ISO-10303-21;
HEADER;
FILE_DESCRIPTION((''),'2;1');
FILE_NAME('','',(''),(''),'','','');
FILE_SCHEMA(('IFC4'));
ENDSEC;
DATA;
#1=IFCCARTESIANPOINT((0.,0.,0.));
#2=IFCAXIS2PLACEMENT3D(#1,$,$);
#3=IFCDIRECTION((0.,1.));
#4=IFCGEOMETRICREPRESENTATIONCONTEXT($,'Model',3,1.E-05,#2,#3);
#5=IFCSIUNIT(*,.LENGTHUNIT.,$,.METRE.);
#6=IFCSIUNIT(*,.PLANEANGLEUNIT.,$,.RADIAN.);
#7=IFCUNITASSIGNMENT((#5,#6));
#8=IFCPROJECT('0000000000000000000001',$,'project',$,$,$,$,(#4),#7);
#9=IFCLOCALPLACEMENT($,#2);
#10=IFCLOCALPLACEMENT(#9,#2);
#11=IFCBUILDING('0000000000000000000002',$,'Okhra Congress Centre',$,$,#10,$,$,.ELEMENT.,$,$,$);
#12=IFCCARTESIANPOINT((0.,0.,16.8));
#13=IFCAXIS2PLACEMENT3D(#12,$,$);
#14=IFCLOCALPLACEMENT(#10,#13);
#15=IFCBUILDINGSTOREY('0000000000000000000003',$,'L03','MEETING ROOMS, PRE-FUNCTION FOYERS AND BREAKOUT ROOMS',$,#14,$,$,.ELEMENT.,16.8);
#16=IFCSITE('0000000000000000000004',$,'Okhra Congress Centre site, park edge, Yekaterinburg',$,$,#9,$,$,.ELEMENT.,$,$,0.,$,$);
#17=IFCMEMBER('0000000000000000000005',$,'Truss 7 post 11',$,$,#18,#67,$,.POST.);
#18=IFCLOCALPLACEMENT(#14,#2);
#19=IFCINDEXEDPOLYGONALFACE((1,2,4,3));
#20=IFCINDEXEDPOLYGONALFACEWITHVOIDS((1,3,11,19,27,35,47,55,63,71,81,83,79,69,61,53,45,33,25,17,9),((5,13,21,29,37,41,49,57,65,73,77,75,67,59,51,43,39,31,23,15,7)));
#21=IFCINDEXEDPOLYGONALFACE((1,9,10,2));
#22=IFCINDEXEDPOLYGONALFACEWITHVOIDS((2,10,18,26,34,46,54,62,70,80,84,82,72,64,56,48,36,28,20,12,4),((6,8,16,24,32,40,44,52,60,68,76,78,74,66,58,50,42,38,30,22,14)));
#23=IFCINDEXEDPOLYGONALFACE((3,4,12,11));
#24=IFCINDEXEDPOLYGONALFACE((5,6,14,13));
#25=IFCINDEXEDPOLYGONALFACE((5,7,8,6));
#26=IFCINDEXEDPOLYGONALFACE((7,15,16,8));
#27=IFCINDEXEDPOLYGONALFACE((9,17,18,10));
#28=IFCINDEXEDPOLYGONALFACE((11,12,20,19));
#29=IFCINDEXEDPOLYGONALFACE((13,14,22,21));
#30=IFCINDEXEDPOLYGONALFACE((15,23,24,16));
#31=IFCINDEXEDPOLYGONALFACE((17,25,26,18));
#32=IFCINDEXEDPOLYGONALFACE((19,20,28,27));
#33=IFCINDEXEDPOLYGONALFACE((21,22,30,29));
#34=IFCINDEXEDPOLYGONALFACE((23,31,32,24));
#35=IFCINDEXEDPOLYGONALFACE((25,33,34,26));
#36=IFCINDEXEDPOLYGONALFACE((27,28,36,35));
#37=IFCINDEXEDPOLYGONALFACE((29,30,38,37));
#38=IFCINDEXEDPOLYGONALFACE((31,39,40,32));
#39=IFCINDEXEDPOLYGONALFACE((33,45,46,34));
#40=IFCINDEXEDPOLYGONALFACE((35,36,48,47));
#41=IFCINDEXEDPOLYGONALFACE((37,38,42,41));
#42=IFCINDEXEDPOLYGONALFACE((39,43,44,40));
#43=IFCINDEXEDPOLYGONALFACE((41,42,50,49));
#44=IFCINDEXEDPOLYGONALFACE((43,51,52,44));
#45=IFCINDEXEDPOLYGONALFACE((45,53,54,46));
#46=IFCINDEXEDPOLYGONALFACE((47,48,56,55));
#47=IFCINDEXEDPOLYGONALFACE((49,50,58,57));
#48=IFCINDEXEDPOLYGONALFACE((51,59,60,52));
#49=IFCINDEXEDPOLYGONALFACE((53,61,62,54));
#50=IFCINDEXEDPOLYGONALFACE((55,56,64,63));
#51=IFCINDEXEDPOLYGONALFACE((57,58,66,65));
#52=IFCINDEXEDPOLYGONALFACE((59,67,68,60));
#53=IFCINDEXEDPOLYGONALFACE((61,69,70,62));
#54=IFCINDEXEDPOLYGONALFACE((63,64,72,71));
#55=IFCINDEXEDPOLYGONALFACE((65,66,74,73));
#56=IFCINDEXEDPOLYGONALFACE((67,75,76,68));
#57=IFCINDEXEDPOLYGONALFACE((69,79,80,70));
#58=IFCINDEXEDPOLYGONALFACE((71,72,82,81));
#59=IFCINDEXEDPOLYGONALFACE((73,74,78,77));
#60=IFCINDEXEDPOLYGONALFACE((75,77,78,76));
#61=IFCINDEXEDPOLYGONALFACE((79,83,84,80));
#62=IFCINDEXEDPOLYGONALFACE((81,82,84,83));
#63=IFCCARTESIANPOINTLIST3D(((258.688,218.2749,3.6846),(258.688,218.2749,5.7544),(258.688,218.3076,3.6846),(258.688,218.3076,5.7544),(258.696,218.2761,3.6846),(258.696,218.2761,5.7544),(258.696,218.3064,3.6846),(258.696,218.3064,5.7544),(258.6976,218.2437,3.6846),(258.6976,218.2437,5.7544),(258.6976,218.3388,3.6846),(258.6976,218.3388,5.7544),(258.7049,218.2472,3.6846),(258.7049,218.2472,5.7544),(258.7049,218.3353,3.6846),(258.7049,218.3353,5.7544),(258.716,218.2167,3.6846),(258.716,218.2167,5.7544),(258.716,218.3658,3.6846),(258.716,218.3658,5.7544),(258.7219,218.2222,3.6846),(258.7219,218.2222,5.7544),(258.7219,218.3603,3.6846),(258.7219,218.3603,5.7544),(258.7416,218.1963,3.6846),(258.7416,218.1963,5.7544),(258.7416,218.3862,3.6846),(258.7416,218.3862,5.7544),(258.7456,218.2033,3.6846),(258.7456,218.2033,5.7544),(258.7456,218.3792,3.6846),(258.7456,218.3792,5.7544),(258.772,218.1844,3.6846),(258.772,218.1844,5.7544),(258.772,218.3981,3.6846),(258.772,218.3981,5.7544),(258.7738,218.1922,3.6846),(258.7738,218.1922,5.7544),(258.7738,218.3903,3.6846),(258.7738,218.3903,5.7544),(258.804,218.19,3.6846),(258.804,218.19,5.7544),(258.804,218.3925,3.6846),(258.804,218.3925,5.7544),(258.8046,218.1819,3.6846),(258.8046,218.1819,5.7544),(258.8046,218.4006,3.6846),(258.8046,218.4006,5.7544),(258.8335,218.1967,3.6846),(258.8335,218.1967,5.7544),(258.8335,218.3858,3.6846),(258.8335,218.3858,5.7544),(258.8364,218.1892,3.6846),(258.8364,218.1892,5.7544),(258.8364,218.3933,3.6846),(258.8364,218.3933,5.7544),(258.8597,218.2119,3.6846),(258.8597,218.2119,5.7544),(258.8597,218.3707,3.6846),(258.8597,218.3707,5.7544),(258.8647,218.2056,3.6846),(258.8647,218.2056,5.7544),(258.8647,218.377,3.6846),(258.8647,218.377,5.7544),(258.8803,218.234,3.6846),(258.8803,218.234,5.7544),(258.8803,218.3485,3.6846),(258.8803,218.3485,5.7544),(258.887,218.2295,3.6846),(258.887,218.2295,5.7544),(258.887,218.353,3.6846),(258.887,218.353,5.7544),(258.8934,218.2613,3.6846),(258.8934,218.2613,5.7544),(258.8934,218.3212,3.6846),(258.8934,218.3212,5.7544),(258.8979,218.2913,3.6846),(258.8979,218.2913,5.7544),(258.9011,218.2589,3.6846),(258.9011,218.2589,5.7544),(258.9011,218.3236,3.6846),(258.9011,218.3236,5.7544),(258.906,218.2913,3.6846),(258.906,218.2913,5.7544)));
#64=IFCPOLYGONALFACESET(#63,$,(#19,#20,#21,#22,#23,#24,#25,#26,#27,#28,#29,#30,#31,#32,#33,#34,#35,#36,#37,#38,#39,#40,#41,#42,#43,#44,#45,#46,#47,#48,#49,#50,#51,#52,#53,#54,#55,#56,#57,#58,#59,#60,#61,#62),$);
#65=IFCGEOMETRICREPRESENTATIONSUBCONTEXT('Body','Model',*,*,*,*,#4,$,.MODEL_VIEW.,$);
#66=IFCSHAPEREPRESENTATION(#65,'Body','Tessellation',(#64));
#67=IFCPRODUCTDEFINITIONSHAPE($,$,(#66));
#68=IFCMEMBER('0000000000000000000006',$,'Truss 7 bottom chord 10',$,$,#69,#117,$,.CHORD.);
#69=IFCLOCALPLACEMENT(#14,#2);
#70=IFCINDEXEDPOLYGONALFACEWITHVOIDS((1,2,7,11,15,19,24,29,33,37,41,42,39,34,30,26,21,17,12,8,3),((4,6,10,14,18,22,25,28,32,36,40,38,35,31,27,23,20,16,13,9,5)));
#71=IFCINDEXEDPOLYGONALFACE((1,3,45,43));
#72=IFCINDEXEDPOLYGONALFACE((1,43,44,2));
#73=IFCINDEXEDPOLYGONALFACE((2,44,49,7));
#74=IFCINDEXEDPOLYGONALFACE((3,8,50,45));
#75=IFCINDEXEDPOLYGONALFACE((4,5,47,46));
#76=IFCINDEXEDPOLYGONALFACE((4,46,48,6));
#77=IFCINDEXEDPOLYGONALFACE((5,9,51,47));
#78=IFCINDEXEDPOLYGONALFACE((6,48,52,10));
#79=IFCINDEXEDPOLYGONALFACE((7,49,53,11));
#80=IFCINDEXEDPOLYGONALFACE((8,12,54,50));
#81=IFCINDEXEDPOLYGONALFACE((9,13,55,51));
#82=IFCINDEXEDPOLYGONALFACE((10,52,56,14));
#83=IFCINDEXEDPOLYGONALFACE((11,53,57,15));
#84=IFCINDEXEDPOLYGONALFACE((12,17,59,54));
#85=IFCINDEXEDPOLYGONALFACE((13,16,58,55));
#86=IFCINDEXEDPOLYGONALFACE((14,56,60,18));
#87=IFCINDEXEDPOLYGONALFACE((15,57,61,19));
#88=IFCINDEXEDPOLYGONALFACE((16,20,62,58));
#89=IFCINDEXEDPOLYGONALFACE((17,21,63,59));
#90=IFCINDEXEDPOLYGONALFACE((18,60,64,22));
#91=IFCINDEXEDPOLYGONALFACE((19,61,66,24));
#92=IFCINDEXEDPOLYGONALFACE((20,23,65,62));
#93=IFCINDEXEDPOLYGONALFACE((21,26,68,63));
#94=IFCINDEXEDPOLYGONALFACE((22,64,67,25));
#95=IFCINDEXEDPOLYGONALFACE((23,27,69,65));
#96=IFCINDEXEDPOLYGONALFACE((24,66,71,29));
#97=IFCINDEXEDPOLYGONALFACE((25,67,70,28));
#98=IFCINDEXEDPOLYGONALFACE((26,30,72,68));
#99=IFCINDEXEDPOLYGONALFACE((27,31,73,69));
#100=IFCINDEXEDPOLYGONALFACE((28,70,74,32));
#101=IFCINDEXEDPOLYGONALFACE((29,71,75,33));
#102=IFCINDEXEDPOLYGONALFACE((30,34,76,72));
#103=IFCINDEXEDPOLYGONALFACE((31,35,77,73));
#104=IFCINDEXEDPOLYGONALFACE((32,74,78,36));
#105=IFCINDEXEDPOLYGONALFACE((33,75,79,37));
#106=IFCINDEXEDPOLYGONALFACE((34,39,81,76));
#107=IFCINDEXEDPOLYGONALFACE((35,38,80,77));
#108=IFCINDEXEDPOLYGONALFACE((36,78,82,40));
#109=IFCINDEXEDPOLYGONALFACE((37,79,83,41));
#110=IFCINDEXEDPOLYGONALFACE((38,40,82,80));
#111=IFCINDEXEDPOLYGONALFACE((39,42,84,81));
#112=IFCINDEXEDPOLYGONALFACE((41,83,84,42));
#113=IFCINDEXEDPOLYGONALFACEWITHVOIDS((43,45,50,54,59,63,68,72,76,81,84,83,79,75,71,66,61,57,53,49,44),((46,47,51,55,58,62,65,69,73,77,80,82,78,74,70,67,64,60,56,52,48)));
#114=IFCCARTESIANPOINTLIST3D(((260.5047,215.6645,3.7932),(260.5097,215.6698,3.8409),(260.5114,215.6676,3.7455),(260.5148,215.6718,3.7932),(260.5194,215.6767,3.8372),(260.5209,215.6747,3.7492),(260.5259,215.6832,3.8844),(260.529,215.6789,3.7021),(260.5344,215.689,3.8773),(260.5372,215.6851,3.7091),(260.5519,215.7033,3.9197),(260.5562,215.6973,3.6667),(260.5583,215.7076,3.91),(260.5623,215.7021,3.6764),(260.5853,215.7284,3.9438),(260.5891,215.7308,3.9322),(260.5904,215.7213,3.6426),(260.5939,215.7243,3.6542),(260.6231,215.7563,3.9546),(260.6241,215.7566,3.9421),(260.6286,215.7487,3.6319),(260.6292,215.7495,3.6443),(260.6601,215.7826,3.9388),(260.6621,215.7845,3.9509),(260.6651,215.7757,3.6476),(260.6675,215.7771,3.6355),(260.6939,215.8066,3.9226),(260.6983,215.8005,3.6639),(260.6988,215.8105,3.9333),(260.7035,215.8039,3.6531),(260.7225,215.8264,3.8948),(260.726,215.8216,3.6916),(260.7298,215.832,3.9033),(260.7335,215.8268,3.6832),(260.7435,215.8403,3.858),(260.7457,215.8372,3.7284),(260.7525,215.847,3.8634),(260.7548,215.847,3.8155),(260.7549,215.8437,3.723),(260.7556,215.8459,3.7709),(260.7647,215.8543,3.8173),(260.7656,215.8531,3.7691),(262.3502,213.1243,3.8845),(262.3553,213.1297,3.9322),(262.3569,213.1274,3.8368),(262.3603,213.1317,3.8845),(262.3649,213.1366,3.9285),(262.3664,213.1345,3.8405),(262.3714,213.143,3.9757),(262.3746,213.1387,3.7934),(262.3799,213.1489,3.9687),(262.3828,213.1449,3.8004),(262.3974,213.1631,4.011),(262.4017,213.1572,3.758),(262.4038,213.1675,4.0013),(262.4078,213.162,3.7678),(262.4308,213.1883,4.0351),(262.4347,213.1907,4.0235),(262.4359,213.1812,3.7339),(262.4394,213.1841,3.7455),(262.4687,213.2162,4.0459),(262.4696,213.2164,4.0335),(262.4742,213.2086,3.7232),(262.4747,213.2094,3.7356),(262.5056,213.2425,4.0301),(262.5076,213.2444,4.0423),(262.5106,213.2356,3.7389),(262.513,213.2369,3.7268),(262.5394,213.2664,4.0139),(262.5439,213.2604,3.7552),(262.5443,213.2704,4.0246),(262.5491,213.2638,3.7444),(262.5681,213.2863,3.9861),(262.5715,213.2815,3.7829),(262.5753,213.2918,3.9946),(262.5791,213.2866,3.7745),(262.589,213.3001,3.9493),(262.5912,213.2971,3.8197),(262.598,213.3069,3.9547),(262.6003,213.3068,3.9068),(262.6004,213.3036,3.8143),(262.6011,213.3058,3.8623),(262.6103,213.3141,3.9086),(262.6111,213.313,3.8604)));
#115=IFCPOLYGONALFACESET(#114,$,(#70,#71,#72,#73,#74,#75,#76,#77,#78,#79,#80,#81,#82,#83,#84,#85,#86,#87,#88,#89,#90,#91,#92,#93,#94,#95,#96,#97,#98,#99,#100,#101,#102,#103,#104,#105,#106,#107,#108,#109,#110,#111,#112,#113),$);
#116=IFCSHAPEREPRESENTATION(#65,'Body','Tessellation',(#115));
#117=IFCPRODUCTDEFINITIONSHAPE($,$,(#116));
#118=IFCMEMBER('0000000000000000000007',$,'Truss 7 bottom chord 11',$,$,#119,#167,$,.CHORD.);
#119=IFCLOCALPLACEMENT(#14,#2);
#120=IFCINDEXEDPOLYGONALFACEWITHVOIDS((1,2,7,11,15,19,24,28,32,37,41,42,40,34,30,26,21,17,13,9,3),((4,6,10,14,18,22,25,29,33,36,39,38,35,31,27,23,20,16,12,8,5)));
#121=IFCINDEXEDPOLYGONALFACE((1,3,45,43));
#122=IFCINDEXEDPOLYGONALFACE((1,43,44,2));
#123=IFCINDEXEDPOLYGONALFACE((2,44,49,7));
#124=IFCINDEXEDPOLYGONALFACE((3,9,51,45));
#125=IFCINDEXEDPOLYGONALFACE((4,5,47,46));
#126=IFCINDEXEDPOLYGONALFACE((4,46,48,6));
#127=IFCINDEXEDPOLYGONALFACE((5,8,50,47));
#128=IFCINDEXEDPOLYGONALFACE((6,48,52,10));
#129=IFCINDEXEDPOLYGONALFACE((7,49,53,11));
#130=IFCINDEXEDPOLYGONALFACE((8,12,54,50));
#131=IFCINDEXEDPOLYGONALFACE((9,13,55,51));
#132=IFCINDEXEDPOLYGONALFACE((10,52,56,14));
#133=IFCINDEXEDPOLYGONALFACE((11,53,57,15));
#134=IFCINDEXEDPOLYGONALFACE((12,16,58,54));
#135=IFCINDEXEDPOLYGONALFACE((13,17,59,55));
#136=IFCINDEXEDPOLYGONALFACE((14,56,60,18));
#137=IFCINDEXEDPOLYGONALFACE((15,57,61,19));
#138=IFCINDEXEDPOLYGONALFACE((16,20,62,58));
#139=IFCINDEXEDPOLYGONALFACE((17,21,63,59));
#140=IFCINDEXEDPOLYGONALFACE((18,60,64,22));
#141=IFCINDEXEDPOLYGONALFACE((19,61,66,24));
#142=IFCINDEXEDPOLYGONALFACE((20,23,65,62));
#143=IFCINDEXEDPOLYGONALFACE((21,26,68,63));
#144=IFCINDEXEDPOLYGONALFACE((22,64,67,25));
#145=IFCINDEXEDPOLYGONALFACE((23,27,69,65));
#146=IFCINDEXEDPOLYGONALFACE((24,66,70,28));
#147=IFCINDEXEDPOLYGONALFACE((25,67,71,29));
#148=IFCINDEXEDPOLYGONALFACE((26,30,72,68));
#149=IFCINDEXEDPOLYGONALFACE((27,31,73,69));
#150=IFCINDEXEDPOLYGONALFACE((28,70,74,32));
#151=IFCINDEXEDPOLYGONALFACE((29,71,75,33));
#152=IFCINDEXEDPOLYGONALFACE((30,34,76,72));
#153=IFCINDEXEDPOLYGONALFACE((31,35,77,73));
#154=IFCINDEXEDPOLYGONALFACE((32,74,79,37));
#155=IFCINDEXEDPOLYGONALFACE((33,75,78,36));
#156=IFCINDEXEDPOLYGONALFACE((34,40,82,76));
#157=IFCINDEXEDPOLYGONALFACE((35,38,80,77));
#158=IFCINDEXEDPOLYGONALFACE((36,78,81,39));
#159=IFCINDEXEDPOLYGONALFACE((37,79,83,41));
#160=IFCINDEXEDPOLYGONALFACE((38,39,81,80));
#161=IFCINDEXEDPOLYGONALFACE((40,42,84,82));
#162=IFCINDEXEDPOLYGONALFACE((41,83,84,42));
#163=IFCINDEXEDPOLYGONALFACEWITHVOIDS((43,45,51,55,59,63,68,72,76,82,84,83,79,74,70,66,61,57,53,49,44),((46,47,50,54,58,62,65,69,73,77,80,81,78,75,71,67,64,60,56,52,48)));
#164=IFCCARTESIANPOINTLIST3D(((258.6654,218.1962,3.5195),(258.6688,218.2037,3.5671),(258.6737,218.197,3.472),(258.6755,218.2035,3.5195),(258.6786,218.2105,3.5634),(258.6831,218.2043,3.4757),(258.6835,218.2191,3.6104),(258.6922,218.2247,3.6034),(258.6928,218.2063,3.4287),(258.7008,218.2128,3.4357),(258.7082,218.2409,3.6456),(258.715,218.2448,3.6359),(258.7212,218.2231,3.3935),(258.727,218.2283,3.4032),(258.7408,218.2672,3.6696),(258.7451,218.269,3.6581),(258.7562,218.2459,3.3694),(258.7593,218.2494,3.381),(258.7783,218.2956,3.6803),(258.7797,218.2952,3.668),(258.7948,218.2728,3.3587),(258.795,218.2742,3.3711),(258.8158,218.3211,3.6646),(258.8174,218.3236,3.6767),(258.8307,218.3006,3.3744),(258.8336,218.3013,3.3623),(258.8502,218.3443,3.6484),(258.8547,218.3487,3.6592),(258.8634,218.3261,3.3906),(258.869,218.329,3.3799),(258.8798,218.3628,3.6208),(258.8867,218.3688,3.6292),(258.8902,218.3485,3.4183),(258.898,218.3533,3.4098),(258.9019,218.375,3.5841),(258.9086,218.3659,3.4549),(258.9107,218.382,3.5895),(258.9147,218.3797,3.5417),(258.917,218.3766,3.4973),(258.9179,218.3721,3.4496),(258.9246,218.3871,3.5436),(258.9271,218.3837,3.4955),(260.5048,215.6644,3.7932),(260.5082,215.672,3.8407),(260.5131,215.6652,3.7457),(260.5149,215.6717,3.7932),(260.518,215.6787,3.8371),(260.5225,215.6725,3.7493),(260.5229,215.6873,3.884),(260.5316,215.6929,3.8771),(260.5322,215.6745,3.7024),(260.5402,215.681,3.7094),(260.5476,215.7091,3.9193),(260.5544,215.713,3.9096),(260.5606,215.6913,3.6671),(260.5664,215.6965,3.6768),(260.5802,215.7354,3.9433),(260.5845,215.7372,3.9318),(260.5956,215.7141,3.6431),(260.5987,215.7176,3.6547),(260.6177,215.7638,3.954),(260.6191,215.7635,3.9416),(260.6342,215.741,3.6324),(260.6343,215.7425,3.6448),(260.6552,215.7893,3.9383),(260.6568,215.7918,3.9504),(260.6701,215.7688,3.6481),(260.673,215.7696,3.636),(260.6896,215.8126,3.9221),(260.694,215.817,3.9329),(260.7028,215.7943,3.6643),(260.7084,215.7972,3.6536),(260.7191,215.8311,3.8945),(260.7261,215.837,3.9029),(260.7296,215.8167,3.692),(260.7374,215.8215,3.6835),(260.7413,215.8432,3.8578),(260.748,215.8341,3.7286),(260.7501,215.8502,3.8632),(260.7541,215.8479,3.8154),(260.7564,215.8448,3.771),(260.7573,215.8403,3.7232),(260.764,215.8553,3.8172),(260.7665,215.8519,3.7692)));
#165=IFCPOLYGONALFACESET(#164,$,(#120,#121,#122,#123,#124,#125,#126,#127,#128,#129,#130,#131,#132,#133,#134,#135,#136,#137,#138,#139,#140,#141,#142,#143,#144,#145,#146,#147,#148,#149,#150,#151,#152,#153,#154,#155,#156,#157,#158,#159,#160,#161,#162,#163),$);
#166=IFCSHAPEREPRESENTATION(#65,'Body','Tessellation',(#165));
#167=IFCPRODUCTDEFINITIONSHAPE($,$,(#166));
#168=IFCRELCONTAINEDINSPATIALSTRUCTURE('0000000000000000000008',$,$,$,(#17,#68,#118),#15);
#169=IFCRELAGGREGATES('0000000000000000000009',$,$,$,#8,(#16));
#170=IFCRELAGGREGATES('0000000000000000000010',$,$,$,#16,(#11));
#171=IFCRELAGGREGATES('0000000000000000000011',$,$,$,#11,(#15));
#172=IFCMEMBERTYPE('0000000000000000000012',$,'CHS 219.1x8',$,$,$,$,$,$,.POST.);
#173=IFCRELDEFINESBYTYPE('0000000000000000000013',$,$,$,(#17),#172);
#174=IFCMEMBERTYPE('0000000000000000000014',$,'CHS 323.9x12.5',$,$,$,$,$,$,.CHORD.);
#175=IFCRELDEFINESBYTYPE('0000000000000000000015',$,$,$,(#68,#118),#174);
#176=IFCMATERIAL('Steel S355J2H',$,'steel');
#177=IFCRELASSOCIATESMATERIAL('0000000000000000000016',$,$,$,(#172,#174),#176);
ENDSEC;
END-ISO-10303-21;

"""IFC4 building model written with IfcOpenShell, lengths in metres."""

from ifc_helpers import new_model, si_unit, direction, frame, origin, origin_2d, place, context, subcontext, project, spatial, hollow_circle, extrude, material, material_profile, profile_set, type_object, element, save


model = new_model("IFC4")

# Units and contexts
model_context = context("Model", 3, precision=1e-05, world=origin(), true_north=direction((0.0, 1.0)))
body_context = subcontext(model_context, "Body", "Model", "MODEL_VIEW")
ifc_project = project(units=[si_unit("LENGTHUNIT", "METRE"), si_unit("PLANEANGLEUNIT", "RADIAN")], contexts=[model_context])

# Site, building, storey
site_placement = place(None, origin())
site = spatial("IfcSite", under=ifc_project, at=site_placement, Name="Okhra Congress Centre site, park edge, Yekaterinburg", CompositionType="ELEMENT", RefElevation=0.0)
building_placement = place(site_placement, origin())
building = spatial("IfcBuilding", under=site, at=building_placement, Name="Okhra Congress Centre", CompositionType="ELEMENT")
storey_placement = place(building_placement, frame((0.0, 0.0, 16.8)))
storey = spatial("IfcBuildingStorey", under=building, at=storey_placement, Name="L03", Description="MEETING ROOMS, PRE-FUNCTION FOYERS AND BREAKOUT ROOMS", CompositionType="ELEMENT", Elevation=16.8)

# Members
ifc_material_1 = material(Name="Steel S355J2H", Category="steel")
ifc_material_profile_1 = material_profile(ifc_material_1, hollow_circle(Radius=0.1096, WallThickness=0.0081, at=origin_2d()), Name="CHS 219.1x8")
ifc_profile_set_1 = profile_set([ifc_material_profile_1], Name="Steel S355J2H")
member_type_1 = type_object("IfcMemberType", Name="CHS 219.1x8", PredefinedType="POST", material=ifc_profile_set_1)
member_1_placement = place(storey_placement, frame((258.7964, 218.2913, 3.6846), z_axis=(0.0, 0.0, 1.0), x_axis=(1.0, 0.0, 0.0)))
element("IfcMember", 1, at=member_1_placement, inside=storey, type_object=member_type_1, Name="Truss 7 post 11", PredefinedType="POST", context=body_context, shape_type="SweptSolid", body=[
    extrude(hollow_circle(Radius=0.1096, WallThickness=0.0081, at=origin_2d()), origin(), (0.0, 0.0, 1.0), 2.0698),
])
ifc_material_profile_2 = material_profile(ifc_material_1, hollow_circle(Radius=0.1619, WallThickness=0.0125, at=origin_2d()), Name="CHS 323.9x12.5")
ifc_profile_set_2 = profile_set([ifc_material_profile_2], Name="Steel S355J2H")
member_type_2 = type_object("IfcMemberType", Name="CHS 323.9x12.5", PredefinedType="CHORD", material=ifc_profile_set_2)
member_2_placement = place(storey_placement, frame((262.4812, 213.2195, 3.8845), z_axis=(-0.587539, 0.808673, -0.02907), x_axis=(-0.809015, -0.587788, 0.0)))
element("IfcMember", 2, at=member_2_placement, inside=storey, type_object=member_type_2, Name="Truss 7 bottom chord 10", PredefinedType="CHORD", context=body_context, shape_type="SweptSolid", body=[
    extrude(hollow_circle(Radius=0.1619, WallThickness=0.0125, at=origin_2d()), origin(), (0.0, 0.0, 1.0), 3.1411),
])
member_3_placement = place(storey_placement, frame((260.6357, 215.7595, 3.7932), z_axis=(-0.585538, 0.80595, -0.087123), x_axis=(-0.809026, -0.587773, 0.0)))
element("IfcMember", 3, at=member_3_placement, inside=storey, type_object=member_type_2, Name="Truss 7 bottom chord 11", PredefinedType="CHORD", context=body_context, shape_type="SweptSolid", body=[
    extrude(hollow_circle(Radius=0.1619, WallThickness=0.0125, at=origin_2d()), origin(), (0.0, 0.0, 1.0), 3.1414),
])

save(model, "model.ifc")
